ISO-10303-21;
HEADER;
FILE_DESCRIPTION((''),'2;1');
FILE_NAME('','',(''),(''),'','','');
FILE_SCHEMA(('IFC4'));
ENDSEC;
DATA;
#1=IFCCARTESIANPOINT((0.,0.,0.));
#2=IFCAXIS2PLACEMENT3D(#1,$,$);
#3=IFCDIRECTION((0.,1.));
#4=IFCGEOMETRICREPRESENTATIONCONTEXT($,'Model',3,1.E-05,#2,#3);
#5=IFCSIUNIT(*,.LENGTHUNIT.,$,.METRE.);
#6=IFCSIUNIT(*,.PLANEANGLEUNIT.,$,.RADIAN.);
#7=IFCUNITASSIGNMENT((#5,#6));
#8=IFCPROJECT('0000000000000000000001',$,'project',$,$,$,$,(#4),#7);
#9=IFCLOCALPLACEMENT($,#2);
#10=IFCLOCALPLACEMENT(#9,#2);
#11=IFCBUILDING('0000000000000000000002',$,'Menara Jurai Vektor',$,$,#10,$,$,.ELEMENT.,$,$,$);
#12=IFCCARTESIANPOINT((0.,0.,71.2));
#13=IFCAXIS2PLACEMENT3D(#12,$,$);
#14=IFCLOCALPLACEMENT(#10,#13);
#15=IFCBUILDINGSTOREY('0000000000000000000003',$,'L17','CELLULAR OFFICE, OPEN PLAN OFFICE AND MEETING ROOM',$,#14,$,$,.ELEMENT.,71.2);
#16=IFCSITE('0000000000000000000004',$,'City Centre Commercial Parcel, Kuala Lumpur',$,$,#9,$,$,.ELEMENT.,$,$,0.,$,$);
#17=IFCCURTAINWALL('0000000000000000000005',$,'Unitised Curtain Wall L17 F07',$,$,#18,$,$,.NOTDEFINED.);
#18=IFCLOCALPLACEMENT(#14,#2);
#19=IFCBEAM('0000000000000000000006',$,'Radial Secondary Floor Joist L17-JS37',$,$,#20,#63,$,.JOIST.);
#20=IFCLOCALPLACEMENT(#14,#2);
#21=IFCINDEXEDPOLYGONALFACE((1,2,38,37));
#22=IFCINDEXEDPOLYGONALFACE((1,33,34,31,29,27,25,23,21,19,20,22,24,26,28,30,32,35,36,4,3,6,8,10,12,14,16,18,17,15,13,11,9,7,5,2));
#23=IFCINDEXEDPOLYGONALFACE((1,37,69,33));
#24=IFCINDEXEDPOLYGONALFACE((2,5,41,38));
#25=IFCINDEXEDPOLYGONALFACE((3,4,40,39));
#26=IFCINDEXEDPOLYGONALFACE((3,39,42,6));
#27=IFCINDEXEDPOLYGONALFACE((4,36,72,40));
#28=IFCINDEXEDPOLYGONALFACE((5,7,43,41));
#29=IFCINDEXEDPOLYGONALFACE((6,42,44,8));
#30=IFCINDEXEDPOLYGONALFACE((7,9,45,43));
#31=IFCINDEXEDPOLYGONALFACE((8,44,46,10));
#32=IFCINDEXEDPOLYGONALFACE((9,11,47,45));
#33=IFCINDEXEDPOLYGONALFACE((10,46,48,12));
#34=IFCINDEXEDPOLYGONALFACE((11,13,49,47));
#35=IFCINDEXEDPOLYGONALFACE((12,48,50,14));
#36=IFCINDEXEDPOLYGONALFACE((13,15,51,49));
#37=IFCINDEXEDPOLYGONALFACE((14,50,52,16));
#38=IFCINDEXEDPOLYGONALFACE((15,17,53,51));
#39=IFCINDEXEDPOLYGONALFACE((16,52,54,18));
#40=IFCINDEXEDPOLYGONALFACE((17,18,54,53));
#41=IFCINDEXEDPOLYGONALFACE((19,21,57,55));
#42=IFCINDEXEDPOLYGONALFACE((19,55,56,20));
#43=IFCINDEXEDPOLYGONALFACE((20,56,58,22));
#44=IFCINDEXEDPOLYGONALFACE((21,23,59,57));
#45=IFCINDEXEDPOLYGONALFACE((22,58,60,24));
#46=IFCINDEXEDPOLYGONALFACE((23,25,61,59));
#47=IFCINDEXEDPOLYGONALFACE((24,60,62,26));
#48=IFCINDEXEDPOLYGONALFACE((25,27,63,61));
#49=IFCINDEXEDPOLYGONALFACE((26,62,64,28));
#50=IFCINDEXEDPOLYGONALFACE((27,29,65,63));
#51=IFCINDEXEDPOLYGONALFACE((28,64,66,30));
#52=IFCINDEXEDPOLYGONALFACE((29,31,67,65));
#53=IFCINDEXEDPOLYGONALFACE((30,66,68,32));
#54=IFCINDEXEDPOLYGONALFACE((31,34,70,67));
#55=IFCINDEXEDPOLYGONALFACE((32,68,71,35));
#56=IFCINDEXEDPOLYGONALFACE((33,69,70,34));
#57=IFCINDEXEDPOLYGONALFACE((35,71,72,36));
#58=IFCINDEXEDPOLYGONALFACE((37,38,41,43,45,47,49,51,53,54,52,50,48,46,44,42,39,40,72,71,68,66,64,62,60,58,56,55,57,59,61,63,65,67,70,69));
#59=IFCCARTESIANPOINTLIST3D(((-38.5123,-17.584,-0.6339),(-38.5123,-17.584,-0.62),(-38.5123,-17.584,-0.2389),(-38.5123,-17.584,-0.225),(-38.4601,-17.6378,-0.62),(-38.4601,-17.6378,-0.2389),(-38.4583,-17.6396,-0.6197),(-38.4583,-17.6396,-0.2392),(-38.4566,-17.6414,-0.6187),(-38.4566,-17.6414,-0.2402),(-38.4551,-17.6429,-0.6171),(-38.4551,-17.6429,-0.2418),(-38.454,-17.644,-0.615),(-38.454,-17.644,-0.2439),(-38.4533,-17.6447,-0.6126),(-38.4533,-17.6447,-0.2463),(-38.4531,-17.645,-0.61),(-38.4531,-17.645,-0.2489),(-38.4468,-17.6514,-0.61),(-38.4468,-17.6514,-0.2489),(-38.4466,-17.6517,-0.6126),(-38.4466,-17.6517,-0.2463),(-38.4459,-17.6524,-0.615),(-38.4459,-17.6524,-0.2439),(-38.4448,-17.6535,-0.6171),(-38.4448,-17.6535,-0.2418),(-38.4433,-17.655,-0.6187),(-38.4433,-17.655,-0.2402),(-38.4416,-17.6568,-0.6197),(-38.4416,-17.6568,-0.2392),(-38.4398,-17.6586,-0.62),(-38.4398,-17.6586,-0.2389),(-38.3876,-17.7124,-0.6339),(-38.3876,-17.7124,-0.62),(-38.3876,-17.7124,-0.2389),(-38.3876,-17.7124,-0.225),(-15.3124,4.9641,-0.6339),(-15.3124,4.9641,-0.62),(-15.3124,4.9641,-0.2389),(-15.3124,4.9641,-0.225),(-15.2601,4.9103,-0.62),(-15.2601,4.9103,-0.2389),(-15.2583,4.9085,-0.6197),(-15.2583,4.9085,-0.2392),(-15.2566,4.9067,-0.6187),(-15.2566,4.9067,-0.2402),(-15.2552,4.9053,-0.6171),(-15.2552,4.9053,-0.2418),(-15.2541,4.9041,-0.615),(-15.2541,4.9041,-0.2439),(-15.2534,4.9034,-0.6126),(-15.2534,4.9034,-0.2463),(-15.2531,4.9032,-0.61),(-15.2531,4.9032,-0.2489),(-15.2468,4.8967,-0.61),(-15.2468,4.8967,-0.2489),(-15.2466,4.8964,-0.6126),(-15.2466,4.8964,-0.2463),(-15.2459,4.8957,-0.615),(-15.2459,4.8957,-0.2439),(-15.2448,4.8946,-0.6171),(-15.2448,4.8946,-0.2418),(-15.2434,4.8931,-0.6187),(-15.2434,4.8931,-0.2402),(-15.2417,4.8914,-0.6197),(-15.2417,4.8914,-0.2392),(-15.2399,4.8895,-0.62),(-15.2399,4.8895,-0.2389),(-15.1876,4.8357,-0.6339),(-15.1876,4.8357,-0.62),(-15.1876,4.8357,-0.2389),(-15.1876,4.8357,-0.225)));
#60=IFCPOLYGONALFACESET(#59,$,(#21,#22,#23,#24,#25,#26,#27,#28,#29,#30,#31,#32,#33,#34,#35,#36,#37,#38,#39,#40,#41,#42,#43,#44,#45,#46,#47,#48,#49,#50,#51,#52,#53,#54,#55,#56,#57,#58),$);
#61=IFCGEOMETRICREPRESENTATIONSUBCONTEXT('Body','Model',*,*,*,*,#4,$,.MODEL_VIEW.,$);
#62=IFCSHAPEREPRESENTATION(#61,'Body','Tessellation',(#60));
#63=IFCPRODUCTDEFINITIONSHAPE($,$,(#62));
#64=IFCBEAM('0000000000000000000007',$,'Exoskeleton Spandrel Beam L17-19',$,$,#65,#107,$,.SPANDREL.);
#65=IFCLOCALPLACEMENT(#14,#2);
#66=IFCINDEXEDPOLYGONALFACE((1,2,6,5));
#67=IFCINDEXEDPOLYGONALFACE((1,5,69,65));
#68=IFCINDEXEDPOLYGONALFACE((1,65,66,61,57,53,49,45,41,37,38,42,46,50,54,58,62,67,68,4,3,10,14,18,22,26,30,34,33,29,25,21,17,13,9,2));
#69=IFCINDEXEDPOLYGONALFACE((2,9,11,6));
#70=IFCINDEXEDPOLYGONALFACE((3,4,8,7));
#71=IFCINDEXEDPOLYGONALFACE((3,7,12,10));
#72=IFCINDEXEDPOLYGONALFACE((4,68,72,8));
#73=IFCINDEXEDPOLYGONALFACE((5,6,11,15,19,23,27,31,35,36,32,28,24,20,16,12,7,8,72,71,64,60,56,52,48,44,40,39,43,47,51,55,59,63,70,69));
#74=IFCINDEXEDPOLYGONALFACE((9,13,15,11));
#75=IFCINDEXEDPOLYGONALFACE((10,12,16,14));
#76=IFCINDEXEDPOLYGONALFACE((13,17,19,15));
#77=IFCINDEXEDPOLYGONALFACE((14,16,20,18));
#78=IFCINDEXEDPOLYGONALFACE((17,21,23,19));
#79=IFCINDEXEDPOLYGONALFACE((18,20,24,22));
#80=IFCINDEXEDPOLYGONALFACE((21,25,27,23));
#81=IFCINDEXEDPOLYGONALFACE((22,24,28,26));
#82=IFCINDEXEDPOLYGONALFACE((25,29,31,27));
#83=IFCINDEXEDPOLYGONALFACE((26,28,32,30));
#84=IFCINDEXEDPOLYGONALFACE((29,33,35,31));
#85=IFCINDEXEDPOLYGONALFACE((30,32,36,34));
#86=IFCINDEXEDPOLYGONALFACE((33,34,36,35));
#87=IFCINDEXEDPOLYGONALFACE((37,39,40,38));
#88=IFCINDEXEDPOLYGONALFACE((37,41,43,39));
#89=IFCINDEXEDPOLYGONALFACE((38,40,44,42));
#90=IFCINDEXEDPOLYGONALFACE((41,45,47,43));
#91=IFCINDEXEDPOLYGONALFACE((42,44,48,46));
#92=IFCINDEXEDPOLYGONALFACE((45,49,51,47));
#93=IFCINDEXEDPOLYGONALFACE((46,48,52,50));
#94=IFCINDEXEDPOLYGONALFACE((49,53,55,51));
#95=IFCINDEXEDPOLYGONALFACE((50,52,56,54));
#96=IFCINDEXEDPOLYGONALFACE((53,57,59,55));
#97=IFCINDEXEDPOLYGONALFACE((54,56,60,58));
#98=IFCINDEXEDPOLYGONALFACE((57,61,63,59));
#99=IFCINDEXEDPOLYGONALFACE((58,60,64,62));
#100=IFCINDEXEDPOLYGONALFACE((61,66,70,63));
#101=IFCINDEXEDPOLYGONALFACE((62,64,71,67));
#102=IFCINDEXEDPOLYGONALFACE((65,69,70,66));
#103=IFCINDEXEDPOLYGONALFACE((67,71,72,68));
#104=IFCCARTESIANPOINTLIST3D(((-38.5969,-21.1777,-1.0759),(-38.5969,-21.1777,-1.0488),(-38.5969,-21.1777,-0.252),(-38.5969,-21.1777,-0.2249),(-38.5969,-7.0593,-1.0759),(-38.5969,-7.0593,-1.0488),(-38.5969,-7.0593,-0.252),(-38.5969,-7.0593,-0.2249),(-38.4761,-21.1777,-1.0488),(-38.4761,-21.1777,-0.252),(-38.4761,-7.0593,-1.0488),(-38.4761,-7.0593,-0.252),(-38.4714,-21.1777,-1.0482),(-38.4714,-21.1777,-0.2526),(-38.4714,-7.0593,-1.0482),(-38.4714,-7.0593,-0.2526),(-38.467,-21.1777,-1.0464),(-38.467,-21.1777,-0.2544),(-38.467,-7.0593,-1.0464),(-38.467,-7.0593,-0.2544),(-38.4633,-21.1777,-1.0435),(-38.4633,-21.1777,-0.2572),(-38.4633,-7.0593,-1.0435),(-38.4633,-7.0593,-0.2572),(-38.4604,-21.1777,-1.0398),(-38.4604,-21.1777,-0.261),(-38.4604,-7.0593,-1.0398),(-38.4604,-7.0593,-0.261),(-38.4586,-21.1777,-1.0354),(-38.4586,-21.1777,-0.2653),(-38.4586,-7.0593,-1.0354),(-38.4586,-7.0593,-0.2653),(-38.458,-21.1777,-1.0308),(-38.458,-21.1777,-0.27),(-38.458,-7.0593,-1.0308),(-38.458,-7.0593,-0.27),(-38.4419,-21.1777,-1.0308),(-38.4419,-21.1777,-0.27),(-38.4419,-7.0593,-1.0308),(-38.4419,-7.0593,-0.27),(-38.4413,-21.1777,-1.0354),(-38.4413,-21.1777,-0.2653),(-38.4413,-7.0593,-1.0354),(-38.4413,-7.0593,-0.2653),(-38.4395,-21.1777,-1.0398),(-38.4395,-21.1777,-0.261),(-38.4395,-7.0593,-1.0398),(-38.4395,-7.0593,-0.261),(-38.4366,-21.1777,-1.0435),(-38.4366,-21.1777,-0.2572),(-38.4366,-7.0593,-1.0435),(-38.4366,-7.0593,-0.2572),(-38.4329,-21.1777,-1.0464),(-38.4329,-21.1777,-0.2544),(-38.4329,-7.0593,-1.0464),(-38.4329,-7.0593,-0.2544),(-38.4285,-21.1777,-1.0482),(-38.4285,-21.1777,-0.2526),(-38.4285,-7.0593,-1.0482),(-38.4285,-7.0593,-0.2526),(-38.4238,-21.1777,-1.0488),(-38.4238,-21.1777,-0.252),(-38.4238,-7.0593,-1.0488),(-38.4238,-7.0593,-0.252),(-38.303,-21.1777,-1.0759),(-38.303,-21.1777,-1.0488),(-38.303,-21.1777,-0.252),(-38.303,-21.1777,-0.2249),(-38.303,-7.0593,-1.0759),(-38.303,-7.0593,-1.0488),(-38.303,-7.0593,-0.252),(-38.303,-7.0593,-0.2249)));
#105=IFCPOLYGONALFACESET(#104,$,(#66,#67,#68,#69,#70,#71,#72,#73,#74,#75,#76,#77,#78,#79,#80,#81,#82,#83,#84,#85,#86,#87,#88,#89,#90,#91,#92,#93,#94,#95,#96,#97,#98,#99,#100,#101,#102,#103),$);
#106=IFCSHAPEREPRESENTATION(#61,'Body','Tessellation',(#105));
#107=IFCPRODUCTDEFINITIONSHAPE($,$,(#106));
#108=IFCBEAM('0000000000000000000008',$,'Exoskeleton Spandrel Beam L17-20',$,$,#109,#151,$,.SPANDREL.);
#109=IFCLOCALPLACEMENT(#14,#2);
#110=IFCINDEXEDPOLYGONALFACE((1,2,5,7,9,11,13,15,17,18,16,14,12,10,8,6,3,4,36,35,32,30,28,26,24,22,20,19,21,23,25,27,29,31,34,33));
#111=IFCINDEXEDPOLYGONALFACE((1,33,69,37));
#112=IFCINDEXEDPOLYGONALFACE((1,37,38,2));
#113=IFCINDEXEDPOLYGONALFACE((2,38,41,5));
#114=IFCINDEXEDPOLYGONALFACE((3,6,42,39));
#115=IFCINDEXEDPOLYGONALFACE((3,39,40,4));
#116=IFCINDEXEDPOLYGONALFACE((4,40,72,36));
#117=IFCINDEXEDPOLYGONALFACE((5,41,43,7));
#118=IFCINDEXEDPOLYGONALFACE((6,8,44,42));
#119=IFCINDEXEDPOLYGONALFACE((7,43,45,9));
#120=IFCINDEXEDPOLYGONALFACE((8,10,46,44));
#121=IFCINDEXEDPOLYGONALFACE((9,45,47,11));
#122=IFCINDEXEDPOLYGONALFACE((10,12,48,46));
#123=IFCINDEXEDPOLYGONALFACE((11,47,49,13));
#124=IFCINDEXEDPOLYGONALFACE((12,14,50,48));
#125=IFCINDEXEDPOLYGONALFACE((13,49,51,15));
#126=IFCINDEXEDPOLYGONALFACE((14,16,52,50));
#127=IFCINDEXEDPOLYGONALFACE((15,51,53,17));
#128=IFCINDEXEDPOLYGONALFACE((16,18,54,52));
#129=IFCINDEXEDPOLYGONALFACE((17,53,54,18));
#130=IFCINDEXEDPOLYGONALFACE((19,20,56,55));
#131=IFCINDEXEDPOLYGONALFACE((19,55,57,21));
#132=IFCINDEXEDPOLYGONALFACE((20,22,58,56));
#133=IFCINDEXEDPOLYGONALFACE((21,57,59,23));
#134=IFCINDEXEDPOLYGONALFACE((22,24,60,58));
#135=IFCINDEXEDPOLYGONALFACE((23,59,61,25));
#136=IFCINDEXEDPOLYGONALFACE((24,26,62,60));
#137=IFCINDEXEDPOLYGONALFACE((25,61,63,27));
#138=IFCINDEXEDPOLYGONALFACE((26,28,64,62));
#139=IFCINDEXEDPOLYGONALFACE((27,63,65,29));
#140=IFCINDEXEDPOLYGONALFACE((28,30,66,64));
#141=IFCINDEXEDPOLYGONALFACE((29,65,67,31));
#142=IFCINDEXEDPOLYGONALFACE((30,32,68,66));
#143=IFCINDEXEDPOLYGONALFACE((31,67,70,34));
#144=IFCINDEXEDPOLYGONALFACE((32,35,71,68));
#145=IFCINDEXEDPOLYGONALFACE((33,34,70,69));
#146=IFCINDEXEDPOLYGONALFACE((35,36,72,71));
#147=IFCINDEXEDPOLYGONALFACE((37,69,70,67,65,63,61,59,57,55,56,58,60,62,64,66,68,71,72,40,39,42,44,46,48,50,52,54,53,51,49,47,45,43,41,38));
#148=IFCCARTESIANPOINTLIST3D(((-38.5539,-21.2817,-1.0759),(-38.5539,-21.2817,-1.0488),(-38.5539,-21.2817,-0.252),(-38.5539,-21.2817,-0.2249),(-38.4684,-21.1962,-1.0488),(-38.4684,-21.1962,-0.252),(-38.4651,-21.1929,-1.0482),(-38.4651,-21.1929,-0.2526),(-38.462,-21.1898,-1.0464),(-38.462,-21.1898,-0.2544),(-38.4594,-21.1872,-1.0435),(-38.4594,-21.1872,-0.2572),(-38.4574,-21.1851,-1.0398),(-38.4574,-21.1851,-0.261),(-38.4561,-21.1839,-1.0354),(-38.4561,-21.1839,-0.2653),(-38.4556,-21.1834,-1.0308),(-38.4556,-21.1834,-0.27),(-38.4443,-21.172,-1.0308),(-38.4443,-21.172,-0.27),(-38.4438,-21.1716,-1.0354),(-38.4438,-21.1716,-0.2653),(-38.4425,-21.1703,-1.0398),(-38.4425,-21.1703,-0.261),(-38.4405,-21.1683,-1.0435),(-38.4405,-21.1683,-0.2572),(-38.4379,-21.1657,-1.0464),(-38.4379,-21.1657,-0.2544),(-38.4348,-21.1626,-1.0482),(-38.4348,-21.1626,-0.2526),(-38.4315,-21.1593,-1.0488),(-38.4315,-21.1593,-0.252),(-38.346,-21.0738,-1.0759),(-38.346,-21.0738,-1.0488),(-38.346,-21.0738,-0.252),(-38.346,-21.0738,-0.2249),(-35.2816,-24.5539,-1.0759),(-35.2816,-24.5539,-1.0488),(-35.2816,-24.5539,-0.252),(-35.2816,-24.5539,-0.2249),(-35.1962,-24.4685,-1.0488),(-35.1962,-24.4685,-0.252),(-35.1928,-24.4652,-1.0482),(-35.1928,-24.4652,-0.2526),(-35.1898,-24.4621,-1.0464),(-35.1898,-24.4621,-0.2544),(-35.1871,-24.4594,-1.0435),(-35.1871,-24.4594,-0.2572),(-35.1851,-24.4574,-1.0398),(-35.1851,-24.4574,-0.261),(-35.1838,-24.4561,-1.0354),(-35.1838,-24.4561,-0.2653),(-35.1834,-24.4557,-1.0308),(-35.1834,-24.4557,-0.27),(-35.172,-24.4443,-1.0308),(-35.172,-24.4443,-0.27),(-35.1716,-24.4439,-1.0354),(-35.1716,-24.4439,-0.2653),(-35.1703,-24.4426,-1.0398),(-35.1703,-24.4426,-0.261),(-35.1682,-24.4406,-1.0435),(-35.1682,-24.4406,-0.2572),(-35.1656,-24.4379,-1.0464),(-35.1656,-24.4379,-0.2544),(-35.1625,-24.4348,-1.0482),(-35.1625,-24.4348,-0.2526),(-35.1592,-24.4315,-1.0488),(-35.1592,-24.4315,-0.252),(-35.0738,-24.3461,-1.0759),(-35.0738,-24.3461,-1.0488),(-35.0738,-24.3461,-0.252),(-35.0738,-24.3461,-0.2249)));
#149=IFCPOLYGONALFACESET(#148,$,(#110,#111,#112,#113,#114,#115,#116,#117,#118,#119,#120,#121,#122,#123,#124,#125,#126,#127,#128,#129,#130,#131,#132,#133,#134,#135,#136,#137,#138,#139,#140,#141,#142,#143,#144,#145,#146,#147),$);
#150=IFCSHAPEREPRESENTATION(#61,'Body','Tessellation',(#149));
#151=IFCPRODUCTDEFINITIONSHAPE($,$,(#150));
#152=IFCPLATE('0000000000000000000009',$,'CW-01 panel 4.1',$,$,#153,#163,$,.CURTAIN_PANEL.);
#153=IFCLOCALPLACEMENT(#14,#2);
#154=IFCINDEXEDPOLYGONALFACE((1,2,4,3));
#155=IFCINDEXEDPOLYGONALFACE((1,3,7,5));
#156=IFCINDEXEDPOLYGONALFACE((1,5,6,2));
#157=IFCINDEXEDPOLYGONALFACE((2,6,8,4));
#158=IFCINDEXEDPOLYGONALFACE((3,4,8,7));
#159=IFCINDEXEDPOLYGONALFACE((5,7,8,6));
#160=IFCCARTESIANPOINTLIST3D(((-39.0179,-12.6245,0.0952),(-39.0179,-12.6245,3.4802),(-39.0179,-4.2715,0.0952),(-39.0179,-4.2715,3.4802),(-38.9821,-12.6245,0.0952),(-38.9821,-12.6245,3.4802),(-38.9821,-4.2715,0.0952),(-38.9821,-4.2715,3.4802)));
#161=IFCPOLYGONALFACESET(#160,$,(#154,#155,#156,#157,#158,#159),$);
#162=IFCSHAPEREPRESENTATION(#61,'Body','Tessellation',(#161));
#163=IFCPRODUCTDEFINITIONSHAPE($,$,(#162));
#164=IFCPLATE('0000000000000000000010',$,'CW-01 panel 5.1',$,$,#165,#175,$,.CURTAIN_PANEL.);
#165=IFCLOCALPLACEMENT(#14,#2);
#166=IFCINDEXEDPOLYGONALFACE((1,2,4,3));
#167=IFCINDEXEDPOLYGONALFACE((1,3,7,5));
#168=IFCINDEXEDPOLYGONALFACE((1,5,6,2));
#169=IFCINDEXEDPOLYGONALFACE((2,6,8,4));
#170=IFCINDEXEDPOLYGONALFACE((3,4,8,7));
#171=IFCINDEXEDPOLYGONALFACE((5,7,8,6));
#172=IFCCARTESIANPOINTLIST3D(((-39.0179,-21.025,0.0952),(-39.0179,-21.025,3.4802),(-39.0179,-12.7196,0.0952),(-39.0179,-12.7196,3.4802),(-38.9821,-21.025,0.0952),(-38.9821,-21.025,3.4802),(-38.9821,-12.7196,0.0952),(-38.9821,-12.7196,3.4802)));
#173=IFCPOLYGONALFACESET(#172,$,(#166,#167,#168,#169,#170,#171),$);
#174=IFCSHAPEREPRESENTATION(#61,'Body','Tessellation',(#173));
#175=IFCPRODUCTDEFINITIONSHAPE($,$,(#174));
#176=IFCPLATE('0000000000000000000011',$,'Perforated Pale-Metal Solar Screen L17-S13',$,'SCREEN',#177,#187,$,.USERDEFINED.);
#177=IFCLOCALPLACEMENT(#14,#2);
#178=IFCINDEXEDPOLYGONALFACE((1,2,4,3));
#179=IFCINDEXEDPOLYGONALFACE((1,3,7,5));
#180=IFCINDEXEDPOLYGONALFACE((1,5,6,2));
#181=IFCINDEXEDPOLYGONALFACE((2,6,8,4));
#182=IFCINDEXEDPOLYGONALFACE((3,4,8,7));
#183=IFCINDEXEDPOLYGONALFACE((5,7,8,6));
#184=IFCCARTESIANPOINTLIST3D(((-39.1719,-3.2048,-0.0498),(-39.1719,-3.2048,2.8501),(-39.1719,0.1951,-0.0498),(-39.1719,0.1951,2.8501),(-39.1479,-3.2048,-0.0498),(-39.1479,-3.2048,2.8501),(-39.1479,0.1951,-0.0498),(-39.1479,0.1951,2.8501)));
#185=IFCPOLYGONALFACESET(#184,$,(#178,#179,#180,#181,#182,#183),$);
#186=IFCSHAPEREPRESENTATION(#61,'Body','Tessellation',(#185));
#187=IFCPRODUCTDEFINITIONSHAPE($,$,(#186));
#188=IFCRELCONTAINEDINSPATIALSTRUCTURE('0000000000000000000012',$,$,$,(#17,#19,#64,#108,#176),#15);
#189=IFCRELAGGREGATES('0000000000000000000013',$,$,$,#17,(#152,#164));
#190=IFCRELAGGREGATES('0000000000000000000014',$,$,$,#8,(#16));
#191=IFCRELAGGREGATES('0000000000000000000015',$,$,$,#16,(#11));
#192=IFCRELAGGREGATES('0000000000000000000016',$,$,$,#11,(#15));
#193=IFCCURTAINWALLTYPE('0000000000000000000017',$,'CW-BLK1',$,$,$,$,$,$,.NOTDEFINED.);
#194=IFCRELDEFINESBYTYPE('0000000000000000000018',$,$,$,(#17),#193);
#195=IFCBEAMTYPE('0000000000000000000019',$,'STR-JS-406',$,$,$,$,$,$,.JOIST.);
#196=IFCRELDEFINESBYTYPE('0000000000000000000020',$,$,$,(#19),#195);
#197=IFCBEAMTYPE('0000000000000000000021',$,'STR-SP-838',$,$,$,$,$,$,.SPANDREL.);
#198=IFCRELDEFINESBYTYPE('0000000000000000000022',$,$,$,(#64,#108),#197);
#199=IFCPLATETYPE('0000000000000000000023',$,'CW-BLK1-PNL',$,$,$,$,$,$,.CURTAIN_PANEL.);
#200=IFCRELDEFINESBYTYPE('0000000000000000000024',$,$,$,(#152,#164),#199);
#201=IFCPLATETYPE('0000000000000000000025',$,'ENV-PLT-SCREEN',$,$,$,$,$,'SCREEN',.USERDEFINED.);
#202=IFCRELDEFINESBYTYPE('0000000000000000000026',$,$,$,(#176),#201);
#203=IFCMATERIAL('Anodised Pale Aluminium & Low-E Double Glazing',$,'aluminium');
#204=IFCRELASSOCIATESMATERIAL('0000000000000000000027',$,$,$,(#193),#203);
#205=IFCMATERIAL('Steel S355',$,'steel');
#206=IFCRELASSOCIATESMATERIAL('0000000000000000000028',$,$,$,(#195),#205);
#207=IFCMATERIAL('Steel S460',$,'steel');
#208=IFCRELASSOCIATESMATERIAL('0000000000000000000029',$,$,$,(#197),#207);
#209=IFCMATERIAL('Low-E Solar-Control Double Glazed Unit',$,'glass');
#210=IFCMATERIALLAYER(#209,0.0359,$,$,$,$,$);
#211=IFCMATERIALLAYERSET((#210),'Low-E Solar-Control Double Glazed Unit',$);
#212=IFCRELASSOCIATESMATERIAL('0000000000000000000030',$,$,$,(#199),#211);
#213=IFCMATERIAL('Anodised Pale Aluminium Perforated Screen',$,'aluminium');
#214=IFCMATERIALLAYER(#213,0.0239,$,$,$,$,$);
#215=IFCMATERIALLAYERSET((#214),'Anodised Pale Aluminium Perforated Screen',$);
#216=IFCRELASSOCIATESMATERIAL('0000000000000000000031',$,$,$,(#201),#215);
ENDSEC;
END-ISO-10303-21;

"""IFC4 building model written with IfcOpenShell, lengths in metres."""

from ifc_helpers import new_model, si_unit, direction, frame, origin, origin_2d, place, context, subcontext, project, spatial, rectangle, i_section, extrude, material, layer, layer_set, material_profile, profile_set, type_object, element, aggregate, save


model = new_model("IFC4")

# Units and contexts
model_context = context("Model", 3, precision=1e-05, world=origin(), true_north=direction((0.0, 1.0)))
body_context = subcontext(model_context, "Body", "Model", "MODEL_VIEW")
ifc_project = project(units=[si_unit("LENGTHUNIT", "METRE"), si_unit("PLANEANGLEUNIT", "RADIAN")], contexts=[model_context])

# Site, building, storey
site_placement = place(None, origin())
site = spatial("IfcSite", under=ifc_project, at=site_placement, Name="City Centre Commercial Parcel, Kuala Lumpur", CompositionType="ELEMENT", RefElevation=0.0)
building_placement = place(site_placement, origin())
building = spatial("IfcBuilding", under=site, at=building_placement, Name="Menara Jurai Vektor", CompositionType="ELEMENT")
storey_placement = place(building_placement, frame((0.0, 0.0, 71.2)))
storey = spatial("IfcBuildingStorey", under=building, at=storey_placement, Name="L17", Description="CELLULAR OFFICE, OPEN PLAN OFFICE AND MEETING ROOM", CompositionType="ELEMENT", Elevation=71.2)

# Shared definitions
ifc_material_1 = material(Name="Steel S460", Category="steel")

# Curtain wall
ifc_material_2 = material(Name="Anodised Pale Aluminium & Low-E Double Glazing", Category="aluminium")
curtain_wall_type = type_object("IfcCurtainWallType", Name="CW-BLK1", PredefinedType="NOTDEFINED", material=ifc_material_2)
curtain_wall_1_placement = place(storey_placement, origin())
curtain_wall_1 = element("IfcCurtainWall", 1, at=curtain_wall_1_placement, inside=storey, type_object=curtain_wall_type, Name="Unitised Curtain Wall L17 F07", PredefinedType="NOTDEFINED")

# Beams
ifc_material_3 = material(Name="Steel S355", Category="steel")
ifc_material_profile_1 = material_profile(ifc_material_3, i_section(OverallWidth=0.179, OverallDepth=0.4089, WebThickness=0.009, FlangeThickness=0.0139, FilletRadius=0.01, at=origin_2d()), Name="UKB 406x178x67")
ifc_profile_set_1 = profile_set([ifc_material_profile_1], Name="Steel S355")
beam_type_1 = type_object("IfcBeamType", Name="STR-JS-406", PredefinedType="JOIST", material=ifc_profile_set_1)
beam_1_placement = place(storey_placement, frame((-38.45, -17.6482, -0.4294), z_axis=(0.717109, 0.696961, 0.0), x_axis=(-0.696961, 0.717109, 0.0)))
element("IfcBeam", 2, at=beam_1_placement, inside=storey, type_object=beam_type_1, Name="Radial Secondary Floor Joist L17-JS37", PredefinedType="JOIST", context=body_context, shape_type="SweptSolid", body=[
    extrude(i_section(OverallWidth=0.179, OverallDepth=0.4089, WebThickness=0.009, FlangeThickness=0.0139, FilletRadius=0.01, at=origin_2d()), origin(), (0.0, 0.0, 1.0), 32.3521),
])
ifc_material_profile_2 = material_profile(ifc_material_1, i_section(OverallWidth=0.2939, OverallDepth=0.8511, WebThickness=0.0161, FlangeThickness=0.0271, FilletRadius=0.0181, at=origin_2d()), Name="UKB 838x292x226")
ifc_profile_set_2 = profile_set([ifc_material_profile_2], Name="Steel S460")
beam_type_2 = type_object("IfcBeamType", Name="STR-SP-838", PredefinedType="SPANDREL", material=ifc_profile_set_2)
beam_2_placement = place(storey_placement, frame((-38.45, -7.0593, -0.6504), z_axis=(0.0, -1.0, 0.0), x_axis=(1.0, 0.0, 0.0)))
element("IfcBeam", 3, at=beam_2_placement, inside=storey, type_object=beam_type_2, Name="Exoskeleton Spandrel Beam L17-19", PredefinedType="SPANDREL", context=body_context, shape_type="SweptSolid", body=[
    extrude(i_section(OverallWidth=0.2939, OverallDepth=0.8511, WebThickness=0.0161, FlangeThickness=0.0271, FilletRadius=0.0181, at=origin_2d()), origin(), (0.0, 0.0, 1.0), 14.1184),
])
beam_3_placement = place(storey_placement, frame((-38.45, -21.1777, -0.6504), z_axis=(0.707107, -0.707107, 0.0), x_axis=(0.707107, 0.707107, 0.0)))
element("IfcBeam", 4, at=beam_3_placement, inside=storey, type_object=beam_type_2, Name="Exoskeleton Spandrel Beam L17-20", PredefinedType="SPANDREL", context=body_context, shape_type="SweptSolid", body=[
    extrude(i_section(OverallWidth=0.2939, OverallDepth=0.8511, WebThickness=0.0161, FlangeThickness=0.0271, FilletRadius=0.0181, at=origin_2d()), origin(), (0.0, 0.0, 1.0), 4.6277),
])

# Plates
ifc_material_4 = material(Name="Low-E Solar-Control Double Glazed Unit", Category="glass")
ifc_layer_1 = layer(ifc_material_4, 0.0359)
ifc_layer_set_1 = layer_set([ifc_layer_1], Name="Low-E Solar-Control Double Glazed Unit")
plate_type_1 = type_object("IfcPlateType", Name="CW-BLK1-PNL", PredefinedType="CURTAIN_PANEL", material=ifc_layer_set_1)
plate_1_placement = place(storey_placement, frame((-39.0, -8.448, 0.0952), z_axis=(0.0, 0.0, 1.0), x_axis=(0.0, -1.0, 0.0)))
plate_1 = element("IfcPlate", 5, at=plate_1_placement, type_object=plate_type_1, Name="CW-01 panel 4.1", PredefinedType="CURTAIN_PANEL", context=body_context, shape_type="SweptSolid", body=[
    extrude(rectangle(XDim=8.353, YDim=0.0359, at=origin_2d()), origin(), (0.0, 0.0, 1.0), 3.385),
])
plate_2_placement = place(storey_placement, frame((-39.0, -16.8723, 0.0952), z_axis=(0.0, 0.0, 1.0), x_axis=(0.0, -1.0, 0.0)))
plate_2 = element("IfcPlate", 6, at=plate_2_placement, type_object=plate_type_1, Name="CW-01 panel 5.1", PredefinedType="CURTAIN_PANEL", context=body_context, shape_type="SweptSolid", body=[
    extrude(rectangle(XDim=8.3054, YDim=0.0359, at=origin_2d()), origin(), (0.0, 0.0, 1.0), 3.385),
])
aggregate(curtain_wall_1, [plate_1, plate_2])

# Plate
ifc_material_5 = material(Name="Anodised Pale Aluminium Perforated Screen", Category="aluminium")
ifc_layer_2 = layer(ifc_material_5, 0.0239)
ifc_layer_set_2 = layer_set([ifc_layer_2], Name="Anodised Pale Aluminium Perforated Screen")
plate_type_2 = type_object("IfcPlateType", Name="ENV-PLT-SCREEN", ElementType="SCREEN", PredefinedType="USERDEFINED", material=ifc_layer_set_2)
for number, where, z_axis, x_axis, name in (
    (7, (-39.1599, -1.5049, -0.0498), (0.0, 0.0, 1.0), (0.0, -1.0, 0.0), "Perforated Pale-Metal Solar Screen L17-S13"),
):
    element("IfcPlate", number, at=place(storey_placement, frame(where, z_axis=z_axis, x_axis=x_axis)), inside=storey, type_object=plate_type_2, Name=name, ObjectType="SCREEN", PredefinedType="USERDEFINED", context=body_context, shape_type="SweptSolid", body=[
        extrude(rectangle(XDim=3.3999, YDim=0.0239, at=origin_2d()), origin(), (0.0, 0.0, 1.0), 2.8999),
    ])

save(model, "model.ifc")
